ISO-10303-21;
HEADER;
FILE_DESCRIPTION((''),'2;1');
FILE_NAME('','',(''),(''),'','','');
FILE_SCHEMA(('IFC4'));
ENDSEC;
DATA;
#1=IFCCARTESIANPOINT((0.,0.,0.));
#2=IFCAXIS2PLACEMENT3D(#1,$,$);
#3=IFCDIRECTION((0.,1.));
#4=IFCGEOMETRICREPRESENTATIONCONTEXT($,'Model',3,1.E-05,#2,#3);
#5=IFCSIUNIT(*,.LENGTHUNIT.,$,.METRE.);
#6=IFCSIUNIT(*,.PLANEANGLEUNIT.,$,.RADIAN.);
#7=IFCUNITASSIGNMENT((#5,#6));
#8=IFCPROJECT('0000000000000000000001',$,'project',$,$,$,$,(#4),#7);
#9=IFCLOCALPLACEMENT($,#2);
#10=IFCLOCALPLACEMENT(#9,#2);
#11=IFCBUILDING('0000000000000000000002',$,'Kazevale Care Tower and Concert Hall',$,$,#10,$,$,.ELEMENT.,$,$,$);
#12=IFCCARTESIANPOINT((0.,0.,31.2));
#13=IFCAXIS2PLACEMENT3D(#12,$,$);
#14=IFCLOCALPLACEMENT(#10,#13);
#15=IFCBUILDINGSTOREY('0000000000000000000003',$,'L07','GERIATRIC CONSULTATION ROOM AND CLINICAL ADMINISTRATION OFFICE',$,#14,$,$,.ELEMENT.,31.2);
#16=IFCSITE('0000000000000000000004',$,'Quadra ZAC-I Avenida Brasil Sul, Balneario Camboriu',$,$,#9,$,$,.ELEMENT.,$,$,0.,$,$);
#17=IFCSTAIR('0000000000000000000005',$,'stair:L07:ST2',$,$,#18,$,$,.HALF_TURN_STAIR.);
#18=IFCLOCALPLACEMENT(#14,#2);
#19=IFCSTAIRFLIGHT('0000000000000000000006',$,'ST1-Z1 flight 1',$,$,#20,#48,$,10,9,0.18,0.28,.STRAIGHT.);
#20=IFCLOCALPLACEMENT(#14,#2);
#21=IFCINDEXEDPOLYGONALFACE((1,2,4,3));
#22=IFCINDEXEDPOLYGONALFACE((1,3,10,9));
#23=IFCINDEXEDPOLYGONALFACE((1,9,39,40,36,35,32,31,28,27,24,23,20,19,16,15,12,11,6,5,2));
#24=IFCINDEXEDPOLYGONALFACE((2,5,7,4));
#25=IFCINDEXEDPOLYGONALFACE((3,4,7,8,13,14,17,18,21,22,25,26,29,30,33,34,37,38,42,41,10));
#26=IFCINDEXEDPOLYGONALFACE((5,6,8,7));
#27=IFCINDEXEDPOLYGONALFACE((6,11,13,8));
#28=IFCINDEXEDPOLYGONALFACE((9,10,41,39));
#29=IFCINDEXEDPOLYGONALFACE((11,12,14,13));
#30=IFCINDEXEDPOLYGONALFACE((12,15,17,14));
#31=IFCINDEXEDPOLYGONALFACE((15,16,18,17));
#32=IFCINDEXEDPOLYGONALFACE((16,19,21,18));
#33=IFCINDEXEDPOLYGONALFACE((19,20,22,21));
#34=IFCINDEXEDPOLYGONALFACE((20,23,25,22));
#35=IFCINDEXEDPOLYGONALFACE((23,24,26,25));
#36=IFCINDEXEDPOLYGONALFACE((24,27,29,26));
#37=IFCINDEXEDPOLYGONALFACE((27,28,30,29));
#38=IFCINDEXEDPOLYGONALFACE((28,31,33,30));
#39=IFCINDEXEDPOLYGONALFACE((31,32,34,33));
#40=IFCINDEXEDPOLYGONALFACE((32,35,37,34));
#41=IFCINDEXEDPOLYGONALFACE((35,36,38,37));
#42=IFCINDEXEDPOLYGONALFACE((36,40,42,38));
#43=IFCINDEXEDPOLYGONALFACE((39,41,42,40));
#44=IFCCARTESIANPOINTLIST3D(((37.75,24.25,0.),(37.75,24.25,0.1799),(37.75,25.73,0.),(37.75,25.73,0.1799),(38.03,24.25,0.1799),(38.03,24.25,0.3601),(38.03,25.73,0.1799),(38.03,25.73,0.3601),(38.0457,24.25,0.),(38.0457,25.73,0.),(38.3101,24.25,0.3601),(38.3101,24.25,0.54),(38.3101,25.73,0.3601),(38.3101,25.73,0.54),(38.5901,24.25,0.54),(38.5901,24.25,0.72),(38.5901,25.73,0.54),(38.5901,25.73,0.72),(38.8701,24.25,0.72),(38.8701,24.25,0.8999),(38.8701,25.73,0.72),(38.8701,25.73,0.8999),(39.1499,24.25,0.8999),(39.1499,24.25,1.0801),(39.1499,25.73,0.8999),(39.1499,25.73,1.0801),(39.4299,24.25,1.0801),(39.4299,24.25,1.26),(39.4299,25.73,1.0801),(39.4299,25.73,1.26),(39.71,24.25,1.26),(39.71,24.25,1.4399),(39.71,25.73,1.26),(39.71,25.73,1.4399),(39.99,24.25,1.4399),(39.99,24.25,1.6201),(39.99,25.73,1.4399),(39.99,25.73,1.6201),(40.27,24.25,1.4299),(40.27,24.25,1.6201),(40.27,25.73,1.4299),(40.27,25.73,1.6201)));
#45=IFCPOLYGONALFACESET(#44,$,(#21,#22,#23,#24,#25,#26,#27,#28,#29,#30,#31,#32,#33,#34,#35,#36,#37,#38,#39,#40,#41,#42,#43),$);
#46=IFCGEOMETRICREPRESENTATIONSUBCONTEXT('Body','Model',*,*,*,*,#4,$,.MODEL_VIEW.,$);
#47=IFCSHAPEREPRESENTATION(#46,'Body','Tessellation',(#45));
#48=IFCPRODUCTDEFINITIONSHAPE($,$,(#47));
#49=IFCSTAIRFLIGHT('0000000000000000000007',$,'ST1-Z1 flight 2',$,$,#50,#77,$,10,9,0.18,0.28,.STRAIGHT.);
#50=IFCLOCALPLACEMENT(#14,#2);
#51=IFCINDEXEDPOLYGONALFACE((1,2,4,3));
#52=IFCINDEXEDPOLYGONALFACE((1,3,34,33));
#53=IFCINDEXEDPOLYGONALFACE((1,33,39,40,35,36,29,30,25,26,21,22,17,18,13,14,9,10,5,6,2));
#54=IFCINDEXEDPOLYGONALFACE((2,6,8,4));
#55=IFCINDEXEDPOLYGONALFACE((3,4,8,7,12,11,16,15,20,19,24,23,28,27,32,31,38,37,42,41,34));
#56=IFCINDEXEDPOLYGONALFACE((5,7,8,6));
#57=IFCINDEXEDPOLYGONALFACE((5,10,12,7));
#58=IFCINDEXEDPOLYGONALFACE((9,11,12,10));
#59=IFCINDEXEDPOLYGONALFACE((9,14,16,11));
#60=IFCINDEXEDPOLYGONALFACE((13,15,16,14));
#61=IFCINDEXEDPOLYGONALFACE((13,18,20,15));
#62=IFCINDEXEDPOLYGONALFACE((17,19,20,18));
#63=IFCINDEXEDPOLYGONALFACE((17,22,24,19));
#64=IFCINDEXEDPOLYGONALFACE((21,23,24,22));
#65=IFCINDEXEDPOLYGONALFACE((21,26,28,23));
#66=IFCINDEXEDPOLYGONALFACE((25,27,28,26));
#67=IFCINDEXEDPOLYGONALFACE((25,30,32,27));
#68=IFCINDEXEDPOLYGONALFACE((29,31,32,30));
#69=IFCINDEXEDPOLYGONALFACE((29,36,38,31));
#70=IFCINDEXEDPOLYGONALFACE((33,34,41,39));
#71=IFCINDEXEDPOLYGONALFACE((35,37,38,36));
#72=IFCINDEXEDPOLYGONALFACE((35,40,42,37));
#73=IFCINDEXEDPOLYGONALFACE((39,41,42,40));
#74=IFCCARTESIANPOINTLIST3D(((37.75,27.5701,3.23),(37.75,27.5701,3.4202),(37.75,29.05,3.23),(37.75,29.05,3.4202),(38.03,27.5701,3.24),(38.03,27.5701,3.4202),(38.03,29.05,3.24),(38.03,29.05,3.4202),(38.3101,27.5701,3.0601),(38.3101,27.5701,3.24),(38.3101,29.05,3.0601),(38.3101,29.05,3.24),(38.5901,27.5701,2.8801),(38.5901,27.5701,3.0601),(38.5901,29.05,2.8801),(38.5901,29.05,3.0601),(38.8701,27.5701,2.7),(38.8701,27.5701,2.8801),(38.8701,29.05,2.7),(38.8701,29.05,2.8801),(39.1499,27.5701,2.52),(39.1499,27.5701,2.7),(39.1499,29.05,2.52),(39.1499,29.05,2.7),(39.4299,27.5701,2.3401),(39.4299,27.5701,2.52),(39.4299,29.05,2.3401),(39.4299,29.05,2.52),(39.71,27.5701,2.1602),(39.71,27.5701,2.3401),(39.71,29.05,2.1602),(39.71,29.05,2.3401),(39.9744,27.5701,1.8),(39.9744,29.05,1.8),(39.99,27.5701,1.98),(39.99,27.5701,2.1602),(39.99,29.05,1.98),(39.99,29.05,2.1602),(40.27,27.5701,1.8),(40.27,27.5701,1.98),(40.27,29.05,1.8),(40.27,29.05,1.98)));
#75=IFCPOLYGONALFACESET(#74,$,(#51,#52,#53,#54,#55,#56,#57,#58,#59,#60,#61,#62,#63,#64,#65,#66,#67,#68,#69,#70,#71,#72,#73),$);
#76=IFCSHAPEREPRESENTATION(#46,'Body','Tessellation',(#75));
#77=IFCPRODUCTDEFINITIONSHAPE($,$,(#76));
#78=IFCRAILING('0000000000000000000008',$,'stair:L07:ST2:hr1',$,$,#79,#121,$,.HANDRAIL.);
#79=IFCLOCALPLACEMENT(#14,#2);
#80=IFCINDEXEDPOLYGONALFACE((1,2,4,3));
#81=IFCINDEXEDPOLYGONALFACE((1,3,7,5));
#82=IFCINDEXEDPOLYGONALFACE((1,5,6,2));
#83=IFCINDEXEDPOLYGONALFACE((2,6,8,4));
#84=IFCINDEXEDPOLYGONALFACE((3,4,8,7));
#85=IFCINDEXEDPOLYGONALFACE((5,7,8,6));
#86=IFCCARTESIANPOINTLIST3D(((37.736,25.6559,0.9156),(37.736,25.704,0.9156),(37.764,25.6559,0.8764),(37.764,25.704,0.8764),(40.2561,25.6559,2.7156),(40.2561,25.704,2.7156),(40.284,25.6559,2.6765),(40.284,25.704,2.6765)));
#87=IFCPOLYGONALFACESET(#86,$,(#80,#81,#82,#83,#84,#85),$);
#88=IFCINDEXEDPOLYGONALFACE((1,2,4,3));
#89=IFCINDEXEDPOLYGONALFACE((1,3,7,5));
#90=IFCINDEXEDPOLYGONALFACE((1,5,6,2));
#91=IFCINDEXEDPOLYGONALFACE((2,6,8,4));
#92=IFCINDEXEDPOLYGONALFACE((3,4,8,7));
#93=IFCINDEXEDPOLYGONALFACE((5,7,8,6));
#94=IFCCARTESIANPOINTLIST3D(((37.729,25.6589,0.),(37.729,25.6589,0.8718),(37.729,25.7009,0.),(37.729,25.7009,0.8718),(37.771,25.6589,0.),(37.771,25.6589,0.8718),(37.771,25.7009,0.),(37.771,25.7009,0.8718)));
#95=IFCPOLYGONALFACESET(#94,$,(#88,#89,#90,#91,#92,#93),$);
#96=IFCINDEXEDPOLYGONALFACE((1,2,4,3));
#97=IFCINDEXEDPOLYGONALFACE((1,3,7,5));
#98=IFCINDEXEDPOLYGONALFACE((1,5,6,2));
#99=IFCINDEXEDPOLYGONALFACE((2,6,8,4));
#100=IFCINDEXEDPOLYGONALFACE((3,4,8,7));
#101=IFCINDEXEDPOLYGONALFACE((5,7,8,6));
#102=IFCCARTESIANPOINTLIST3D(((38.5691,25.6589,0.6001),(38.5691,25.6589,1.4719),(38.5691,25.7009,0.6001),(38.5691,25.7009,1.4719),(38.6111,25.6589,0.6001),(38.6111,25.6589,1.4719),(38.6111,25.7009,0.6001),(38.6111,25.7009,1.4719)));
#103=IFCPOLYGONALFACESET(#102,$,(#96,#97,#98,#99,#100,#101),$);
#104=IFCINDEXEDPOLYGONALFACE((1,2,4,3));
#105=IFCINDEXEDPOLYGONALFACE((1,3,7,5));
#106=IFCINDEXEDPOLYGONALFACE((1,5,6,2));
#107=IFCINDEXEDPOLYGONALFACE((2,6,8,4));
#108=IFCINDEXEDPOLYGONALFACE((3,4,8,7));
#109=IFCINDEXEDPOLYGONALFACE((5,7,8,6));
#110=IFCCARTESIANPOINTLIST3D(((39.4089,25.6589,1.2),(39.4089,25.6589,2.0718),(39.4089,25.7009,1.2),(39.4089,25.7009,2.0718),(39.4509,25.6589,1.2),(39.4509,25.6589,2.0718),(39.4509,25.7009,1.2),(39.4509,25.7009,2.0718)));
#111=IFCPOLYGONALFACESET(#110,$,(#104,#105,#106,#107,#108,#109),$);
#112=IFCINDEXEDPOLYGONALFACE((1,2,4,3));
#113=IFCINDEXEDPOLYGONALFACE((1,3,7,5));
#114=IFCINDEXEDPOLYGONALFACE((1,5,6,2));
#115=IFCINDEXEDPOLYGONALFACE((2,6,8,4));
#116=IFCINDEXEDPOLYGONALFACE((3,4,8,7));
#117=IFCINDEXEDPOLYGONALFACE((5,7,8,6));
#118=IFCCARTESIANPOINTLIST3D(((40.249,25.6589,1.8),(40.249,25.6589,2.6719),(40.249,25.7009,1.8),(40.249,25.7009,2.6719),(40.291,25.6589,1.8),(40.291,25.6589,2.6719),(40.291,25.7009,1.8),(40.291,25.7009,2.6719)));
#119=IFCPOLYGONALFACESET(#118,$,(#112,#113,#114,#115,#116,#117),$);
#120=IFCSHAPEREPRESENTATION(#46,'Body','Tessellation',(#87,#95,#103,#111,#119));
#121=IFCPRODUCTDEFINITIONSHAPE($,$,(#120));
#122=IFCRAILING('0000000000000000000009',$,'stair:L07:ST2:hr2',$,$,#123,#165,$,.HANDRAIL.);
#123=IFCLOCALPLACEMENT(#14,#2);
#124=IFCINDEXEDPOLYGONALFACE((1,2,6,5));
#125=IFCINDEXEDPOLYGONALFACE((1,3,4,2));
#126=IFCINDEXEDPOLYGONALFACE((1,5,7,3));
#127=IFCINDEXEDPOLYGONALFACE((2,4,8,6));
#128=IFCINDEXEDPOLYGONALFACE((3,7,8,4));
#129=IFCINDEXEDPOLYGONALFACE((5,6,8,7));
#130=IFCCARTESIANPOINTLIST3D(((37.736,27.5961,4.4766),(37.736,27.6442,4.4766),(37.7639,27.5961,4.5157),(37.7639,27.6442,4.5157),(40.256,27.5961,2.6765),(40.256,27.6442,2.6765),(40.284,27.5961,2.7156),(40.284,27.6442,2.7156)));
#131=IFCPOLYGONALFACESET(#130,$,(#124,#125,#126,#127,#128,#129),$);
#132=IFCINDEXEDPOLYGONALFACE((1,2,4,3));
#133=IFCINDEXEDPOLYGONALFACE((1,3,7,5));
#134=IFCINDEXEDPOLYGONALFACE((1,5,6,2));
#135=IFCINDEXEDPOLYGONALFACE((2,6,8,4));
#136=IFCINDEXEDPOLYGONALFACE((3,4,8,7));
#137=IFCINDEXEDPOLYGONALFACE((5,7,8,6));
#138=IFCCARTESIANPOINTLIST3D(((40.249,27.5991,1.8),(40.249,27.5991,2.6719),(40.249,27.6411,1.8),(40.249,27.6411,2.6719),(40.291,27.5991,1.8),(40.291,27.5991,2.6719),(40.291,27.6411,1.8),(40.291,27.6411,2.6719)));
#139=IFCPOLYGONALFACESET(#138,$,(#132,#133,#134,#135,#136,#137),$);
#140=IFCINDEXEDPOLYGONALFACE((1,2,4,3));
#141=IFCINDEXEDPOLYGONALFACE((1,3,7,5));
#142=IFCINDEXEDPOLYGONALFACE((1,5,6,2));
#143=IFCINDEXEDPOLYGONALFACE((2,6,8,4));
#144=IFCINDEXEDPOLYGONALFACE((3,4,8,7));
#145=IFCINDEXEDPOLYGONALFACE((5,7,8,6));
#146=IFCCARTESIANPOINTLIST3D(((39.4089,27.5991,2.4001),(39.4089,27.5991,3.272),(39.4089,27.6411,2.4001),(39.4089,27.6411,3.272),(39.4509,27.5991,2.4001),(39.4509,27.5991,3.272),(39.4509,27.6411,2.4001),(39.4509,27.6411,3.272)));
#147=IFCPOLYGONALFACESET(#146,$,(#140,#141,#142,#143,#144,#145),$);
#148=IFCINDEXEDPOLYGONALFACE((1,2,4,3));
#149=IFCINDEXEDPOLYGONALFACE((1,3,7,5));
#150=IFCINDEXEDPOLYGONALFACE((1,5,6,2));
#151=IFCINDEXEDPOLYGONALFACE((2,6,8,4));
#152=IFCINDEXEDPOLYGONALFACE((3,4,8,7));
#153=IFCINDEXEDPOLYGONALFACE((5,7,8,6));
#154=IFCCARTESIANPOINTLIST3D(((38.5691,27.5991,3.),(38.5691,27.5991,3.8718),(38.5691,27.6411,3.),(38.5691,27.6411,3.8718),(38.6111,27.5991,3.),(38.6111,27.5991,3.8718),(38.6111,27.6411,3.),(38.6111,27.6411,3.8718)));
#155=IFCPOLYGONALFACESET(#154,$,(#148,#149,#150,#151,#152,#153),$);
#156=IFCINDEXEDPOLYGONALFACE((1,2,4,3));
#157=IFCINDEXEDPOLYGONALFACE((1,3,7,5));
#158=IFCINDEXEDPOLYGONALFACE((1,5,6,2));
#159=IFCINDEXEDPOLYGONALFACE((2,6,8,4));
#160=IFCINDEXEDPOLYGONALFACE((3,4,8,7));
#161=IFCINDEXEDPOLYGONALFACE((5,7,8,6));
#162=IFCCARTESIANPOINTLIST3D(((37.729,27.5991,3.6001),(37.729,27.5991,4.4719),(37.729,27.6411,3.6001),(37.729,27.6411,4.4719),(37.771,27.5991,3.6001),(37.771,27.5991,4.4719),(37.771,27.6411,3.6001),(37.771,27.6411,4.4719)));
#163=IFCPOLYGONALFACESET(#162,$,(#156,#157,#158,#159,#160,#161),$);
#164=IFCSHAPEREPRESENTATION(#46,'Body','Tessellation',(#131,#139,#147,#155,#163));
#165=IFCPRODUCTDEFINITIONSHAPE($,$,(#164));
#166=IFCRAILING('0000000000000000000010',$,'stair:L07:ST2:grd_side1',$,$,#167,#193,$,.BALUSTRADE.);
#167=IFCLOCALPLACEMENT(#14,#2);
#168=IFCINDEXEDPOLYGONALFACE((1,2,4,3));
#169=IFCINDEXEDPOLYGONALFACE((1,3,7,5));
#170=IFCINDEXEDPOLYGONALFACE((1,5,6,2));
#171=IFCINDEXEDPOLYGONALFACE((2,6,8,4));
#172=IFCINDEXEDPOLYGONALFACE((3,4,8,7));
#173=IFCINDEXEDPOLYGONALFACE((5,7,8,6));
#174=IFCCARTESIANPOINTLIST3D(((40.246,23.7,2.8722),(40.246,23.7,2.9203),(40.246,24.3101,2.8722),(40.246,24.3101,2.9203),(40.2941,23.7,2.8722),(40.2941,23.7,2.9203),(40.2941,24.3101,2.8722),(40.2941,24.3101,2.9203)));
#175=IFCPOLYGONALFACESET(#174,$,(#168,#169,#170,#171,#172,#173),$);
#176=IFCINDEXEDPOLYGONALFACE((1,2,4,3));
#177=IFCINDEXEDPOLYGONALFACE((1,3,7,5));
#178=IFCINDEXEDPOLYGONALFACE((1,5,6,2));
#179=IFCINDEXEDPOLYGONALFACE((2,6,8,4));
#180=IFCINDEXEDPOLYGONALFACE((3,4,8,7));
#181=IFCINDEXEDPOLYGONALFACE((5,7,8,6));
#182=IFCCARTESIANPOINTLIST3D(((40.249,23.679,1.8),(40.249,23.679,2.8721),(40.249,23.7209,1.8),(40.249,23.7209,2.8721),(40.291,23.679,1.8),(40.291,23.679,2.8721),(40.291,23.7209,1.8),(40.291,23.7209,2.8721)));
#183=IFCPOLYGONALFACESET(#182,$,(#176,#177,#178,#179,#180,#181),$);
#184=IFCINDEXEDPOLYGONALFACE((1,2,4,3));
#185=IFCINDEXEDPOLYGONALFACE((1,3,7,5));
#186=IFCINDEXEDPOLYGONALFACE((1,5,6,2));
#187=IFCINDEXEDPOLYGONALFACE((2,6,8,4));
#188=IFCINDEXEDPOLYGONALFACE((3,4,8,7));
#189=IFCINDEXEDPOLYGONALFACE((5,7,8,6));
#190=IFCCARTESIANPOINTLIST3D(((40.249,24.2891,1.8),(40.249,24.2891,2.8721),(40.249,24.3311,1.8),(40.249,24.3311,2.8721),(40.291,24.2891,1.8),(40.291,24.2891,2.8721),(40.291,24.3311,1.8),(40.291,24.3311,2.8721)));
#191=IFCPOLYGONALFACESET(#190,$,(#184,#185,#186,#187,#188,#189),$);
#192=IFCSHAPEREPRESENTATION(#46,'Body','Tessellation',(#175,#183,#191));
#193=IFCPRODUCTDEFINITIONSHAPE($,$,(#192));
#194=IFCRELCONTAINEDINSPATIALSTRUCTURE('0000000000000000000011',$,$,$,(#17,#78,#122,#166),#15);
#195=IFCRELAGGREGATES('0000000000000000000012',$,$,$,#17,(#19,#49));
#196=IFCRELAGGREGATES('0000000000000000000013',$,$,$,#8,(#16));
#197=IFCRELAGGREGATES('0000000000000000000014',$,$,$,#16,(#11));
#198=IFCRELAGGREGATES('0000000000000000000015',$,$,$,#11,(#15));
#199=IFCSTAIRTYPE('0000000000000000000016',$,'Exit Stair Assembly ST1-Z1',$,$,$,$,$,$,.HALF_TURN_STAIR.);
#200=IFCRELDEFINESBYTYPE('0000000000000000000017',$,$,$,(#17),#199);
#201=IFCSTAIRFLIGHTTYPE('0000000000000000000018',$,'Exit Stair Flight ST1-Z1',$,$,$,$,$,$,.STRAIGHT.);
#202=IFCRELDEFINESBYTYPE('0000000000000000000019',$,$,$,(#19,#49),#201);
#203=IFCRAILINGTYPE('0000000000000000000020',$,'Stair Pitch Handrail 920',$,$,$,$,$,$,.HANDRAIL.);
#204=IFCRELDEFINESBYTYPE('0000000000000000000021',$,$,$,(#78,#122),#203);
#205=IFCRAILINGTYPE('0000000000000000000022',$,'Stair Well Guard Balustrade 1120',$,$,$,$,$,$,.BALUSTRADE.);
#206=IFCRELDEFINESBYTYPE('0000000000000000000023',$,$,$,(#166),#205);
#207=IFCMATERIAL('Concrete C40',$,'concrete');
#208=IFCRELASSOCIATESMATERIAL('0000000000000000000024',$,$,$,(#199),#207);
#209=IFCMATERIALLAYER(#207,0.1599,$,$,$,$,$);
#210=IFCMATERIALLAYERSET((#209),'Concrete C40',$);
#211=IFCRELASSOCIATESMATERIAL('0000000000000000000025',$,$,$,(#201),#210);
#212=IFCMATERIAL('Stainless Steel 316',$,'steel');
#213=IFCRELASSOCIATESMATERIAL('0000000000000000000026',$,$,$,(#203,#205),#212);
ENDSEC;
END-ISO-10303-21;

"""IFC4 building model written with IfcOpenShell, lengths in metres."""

from ifc_helpers import new_model, si_unit, direction, frame, origin, origin_2d, place, context, subcontext, project, spatial, polyline, rectangle, outline, extrude, material, layer, layer_set, type_object, element, aggregate, save


model = new_model("IFC4")

# Units and contexts
model_context = context("Model", 3, precision=1e-05, world=origin(), true_north=direction((0.0, 1.0)))
body_context = subcontext(model_context, "Body", "Model", "MODEL_VIEW")
ifc_project = project(units=[si_unit("LENGTHUNIT", "METRE"), si_unit("PLANEANGLEUNIT", "RADIAN")], contexts=[model_context])

# Site, building, storey
site_placement = place(None, origin())
site = spatial("IfcSite", under=ifc_project, at=site_placement, Name="Quadra ZAC-I Avenida Brasil Sul, Balneario Camboriu", CompositionType="ELEMENT", RefElevation=0.0)
building_placement = place(site_placement, origin())
building = spatial("IfcBuilding", under=site, at=building_placement, Name="Kazevale Care Tower and Concert Hall", CompositionType="ELEMENT")
storey_placement = place(building_placement, frame((0.0, 0.0, 31.2)))
storey = spatial("IfcBuildingStorey", under=building, at=storey_placement, Name="L07", Description="GERIATRIC CONSULTATION ROOM AND CLINICAL ADMINISTRATION OFFICE", CompositionType="ELEMENT", Elevation=31.2)

# Shared definitions
ifc_material_1 = material(Name="Concrete C40", Category="concrete")

# Stair, stair flights
stair_type = type_object("IfcStairType", Name="Exit Stair Assembly ST1-Z1", PredefinedType="HALF_TURN_STAIR", material=ifc_material_1)
stair_placement = place(storey_placement, origin())
stair = element("IfcStair", 1, at=stair_placement, inside=storey, type_object=stair_type, Name="stair:L07:ST2", PredefinedType="HALF_TURN_STAIR")
ifc_layer_1 = layer(ifc_material_1, 0.1599)
ifc_layer_set_1 = layer_set([ifc_layer_1], Name="Concrete C40")
stair_flight_type = type_object("IfcStairFlightType", Name="Exit Stair Flight ST1-Z1", PredefinedType="STRAIGHT", material=ifc_layer_set_1)
stair_flight_1_placement = place(storey_placement, frame((37.75, 24.99, 0.0), z_axis=(0.0, 0.0, 1.0), x_axis=(1.0, 0.0, 0.0)))
stair_flight_1 = element("IfcStairFlight", 2, at=stair_flight_1_placement, type_object=stair_flight_type, Name="ST1-Z1 flight 1", NumberOfRisers=10, NumberOfTreads=9, PredefinedType="STRAIGHT", RiserHeight=0.18, TreadLength=0.28, context=body_context, shape_type="SweptSolid", body=[
    extrude(outline(polyline([(0.0, 0.0), (0.0, 0.1799), (0.28, 0.1799), (0.28, 0.3601), (0.5601, 0.3601), (0.5601, 0.54), (0.8401, 0.54), (0.8401, 0.72), (1.1201, 0.72), (1.1201, 0.8999), (1.3999, 0.8999), (1.3999, 1.0801), (1.6799, 1.0801), (1.6799, 1.26), (1.96, 1.26), (1.96, 1.4399), (2.24, 1.4399), (2.24, 1.6201), (2.52, 1.6201), (2.52, 1.8), (2.52, 1.4299), (0.2957, 0.0), (0.0, 0.0)])), frame((0.0, 0.74, 0.0), z_axis=(0.0, -1.0, 0.0), x_axis=(1.0, 0.0, 0.0)), (0.0, 0.0, 1.0), 1.48),
])
stair_flight_2_placement = place(storey_placement, frame((40.27, 28.3101, 1.8), z_axis=(0.0, 0.0, 1.0), x_axis=(-1.0, 0.0, 0.0)))
stair_flight_2 = element("IfcStairFlight", 3, at=stair_flight_2_placement, type_object=stair_flight_type, Name="ST1-Z1 flight 2", NumberOfRisers=10, NumberOfTreads=9, PredefinedType="STRAIGHT", RiserHeight=0.18, TreadLength=0.28, context=body_context, shape_type="SweptSolid", body=[
    extrude(outline(polyline([(0.0, 0.0), (0.0, 0.1799), (0.28, 0.1799), (0.28, 0.3601), (0.5601, 0.3601), (0.5601, 0.54), (0.8401, 0.54), (0.8401, 0.72), (1.1201, 0.72), (1.1201, 0.8999), (1.3999, 0.8999), (1.3999, 1.0801), (1.6799, 1.0801), (1.6799, 1.26), (1.96, 1.26), (1.96, 1.4399), (2.24, 1.4399), (2.24, 1.6201), (2.52, 1.6201), (2.52, 1.8), (2.52, 1.4299), (0.2957, 0.0), (0.0, 0.0)])), frame((0.0, 0.74, 0.0), z_axis=(0.0, -1.0, 0.0), x_axis=(1.0, 0.0, 0.0)), (0.0, 0.0, 1.0), 1.48),
])
aggregate(stair, [stair_flight_1, stair_flight_2])

# Railings
ifc_material_2 = material(Name="Stainless Steel 316", Category="steel")
railing_type_1 = type_object("IfcRailingType", Name="Stair Pitch Handrail 920", PredefinedType="HANDRAIL", material=ifc_material_2)
railing_1_placement = place(storey_placement, frame((37.75, 25.6799, 0.0)))
element("IfcRailing", 4, at=railing_1_placement, inside=storey, type_object=railing_type_1, Name="stair:L07:ST2:hr1", PredefinedType="HANDRAIL", context=body_context, shape_type="SweptSolid", body=[
    extrude(rectangle(XDim=0.0481, YDim=0.0481, at=origin_2d()), frame((0.0, 0.0, 0.896), z_axis=(0.813728, 0.0, 0.581246), x_axis=(0.0, 1.0, 0.0)), (0.0, 0.0, 1.0), 3.0969),
    extrude(rectangle(XDim=0.042, YDim=0.042, at=origin_2d()), origin(), (0.0, 0.0, 1.0), 0.8718),
    extrude(rectangle(XDim=0.042, YDim=0.042, at=origin_2d()), frame((0.8401, 0.0, 0.6001)), (0.0, 0.0, 1.0), 0.8718),
    extrude(rectangle(XDim=0.042, YDim=0.042, at=origin_2d()), frame((1.6799, 0.0, 1.2)), (0.0, 0.0, 1.0), 0.8718),
    extrude(rectangle(XDim=0.042, YDim=0.042, at=origin_2d()), frame((2.52, 0.0, 1.8)), (0.0, 0.0, 1.0), 0.8718),
])
railing_2_placement = place(storey_placement, frame((40.27, 27.6201, 1.8)))
element("IfcRailing", 5, at=railing_2_placement, inside=storey, type_object=railing_type_1, Name="stair:L07:ST2:hr2", PredefinedType="HANDRAIL", context=body_context, shape_type="SweptSolid", body=[
    extrude(rectangle(XDim=0.0481, YDim=0.0481, at=origin_2d()), frame((0.0, 0.0, 0.896), z_axis=(-0.813728, 0.0, 0.581246), x_axis=(0.0, -1.0, 0.0)), (0.0, 0.0, 1.0), 3.0969),
    extrude(rectangle(XDim=0.042, YDim=0.042, at=origin_2d()), origin(), (0.0, 0.0, 1.0), 0.8718),
    extrude(rectangle(XDim=0.042, YDim=0.042, at=origin_2d()), frame((-0.8401, 0.0, 0.6001)), (0.0, 0.0, 1.0), 0.8718),
    extrude(rectangle(XDim=0.042, YDim=0.042, at=origin_2d()), frame((-1.6799, 0.0, 1.2)), (0.0, 0.0, 1.0), 0.8718),
    extrude(rectangle(XDim=0.042, YDim=0.042, at=origin_2d()), frame((-2.52, 0.0, 1.8)), (0.0, 0.0, 1.0), 0.8718),
])
railing_type_2 = type_object("IfcRailingType", Name="Stair Well Guard Balustrade 1120", PredefinedType="BALUSTRADE", material=ifc_material_2)
railing_3_placement = place(storey_placement, frame((40.27, 23.7, 1.8)))
element("IfcRailing", 6, at=railing_3_placement, inside=storey, type_object=railing_type_2, Name="stair:L07:ST2:grd_side1", PredefinedType="BALUSTRADE", context=body_context, shape_type="SweptSolid", body=[
    extrude(rectangle(XDim=0.0481, YDim=0.0481, at=origin_2d()), frame((0.0, 0.0, 1.0962), z_axis=(0.0, 1.0, 0.0), x_axis=(-1.0, 0.0, 0.0)), (0.0, 0.0, 1.0), 0.6101),
    extrude(rectangle(XDim=0.042, YDim=0.042, at=origin_2d()), origin(), (0.0, 0.0, 1.0), 1.072),
    extrude(rectangle(XDim=0.042, YDim=0.042, at=origin_2d()), frame((0.0, 0.6101, 0.0)), (0.0, 0.0, 1.0), 1.072),
])

save(model, "model.ifc")
